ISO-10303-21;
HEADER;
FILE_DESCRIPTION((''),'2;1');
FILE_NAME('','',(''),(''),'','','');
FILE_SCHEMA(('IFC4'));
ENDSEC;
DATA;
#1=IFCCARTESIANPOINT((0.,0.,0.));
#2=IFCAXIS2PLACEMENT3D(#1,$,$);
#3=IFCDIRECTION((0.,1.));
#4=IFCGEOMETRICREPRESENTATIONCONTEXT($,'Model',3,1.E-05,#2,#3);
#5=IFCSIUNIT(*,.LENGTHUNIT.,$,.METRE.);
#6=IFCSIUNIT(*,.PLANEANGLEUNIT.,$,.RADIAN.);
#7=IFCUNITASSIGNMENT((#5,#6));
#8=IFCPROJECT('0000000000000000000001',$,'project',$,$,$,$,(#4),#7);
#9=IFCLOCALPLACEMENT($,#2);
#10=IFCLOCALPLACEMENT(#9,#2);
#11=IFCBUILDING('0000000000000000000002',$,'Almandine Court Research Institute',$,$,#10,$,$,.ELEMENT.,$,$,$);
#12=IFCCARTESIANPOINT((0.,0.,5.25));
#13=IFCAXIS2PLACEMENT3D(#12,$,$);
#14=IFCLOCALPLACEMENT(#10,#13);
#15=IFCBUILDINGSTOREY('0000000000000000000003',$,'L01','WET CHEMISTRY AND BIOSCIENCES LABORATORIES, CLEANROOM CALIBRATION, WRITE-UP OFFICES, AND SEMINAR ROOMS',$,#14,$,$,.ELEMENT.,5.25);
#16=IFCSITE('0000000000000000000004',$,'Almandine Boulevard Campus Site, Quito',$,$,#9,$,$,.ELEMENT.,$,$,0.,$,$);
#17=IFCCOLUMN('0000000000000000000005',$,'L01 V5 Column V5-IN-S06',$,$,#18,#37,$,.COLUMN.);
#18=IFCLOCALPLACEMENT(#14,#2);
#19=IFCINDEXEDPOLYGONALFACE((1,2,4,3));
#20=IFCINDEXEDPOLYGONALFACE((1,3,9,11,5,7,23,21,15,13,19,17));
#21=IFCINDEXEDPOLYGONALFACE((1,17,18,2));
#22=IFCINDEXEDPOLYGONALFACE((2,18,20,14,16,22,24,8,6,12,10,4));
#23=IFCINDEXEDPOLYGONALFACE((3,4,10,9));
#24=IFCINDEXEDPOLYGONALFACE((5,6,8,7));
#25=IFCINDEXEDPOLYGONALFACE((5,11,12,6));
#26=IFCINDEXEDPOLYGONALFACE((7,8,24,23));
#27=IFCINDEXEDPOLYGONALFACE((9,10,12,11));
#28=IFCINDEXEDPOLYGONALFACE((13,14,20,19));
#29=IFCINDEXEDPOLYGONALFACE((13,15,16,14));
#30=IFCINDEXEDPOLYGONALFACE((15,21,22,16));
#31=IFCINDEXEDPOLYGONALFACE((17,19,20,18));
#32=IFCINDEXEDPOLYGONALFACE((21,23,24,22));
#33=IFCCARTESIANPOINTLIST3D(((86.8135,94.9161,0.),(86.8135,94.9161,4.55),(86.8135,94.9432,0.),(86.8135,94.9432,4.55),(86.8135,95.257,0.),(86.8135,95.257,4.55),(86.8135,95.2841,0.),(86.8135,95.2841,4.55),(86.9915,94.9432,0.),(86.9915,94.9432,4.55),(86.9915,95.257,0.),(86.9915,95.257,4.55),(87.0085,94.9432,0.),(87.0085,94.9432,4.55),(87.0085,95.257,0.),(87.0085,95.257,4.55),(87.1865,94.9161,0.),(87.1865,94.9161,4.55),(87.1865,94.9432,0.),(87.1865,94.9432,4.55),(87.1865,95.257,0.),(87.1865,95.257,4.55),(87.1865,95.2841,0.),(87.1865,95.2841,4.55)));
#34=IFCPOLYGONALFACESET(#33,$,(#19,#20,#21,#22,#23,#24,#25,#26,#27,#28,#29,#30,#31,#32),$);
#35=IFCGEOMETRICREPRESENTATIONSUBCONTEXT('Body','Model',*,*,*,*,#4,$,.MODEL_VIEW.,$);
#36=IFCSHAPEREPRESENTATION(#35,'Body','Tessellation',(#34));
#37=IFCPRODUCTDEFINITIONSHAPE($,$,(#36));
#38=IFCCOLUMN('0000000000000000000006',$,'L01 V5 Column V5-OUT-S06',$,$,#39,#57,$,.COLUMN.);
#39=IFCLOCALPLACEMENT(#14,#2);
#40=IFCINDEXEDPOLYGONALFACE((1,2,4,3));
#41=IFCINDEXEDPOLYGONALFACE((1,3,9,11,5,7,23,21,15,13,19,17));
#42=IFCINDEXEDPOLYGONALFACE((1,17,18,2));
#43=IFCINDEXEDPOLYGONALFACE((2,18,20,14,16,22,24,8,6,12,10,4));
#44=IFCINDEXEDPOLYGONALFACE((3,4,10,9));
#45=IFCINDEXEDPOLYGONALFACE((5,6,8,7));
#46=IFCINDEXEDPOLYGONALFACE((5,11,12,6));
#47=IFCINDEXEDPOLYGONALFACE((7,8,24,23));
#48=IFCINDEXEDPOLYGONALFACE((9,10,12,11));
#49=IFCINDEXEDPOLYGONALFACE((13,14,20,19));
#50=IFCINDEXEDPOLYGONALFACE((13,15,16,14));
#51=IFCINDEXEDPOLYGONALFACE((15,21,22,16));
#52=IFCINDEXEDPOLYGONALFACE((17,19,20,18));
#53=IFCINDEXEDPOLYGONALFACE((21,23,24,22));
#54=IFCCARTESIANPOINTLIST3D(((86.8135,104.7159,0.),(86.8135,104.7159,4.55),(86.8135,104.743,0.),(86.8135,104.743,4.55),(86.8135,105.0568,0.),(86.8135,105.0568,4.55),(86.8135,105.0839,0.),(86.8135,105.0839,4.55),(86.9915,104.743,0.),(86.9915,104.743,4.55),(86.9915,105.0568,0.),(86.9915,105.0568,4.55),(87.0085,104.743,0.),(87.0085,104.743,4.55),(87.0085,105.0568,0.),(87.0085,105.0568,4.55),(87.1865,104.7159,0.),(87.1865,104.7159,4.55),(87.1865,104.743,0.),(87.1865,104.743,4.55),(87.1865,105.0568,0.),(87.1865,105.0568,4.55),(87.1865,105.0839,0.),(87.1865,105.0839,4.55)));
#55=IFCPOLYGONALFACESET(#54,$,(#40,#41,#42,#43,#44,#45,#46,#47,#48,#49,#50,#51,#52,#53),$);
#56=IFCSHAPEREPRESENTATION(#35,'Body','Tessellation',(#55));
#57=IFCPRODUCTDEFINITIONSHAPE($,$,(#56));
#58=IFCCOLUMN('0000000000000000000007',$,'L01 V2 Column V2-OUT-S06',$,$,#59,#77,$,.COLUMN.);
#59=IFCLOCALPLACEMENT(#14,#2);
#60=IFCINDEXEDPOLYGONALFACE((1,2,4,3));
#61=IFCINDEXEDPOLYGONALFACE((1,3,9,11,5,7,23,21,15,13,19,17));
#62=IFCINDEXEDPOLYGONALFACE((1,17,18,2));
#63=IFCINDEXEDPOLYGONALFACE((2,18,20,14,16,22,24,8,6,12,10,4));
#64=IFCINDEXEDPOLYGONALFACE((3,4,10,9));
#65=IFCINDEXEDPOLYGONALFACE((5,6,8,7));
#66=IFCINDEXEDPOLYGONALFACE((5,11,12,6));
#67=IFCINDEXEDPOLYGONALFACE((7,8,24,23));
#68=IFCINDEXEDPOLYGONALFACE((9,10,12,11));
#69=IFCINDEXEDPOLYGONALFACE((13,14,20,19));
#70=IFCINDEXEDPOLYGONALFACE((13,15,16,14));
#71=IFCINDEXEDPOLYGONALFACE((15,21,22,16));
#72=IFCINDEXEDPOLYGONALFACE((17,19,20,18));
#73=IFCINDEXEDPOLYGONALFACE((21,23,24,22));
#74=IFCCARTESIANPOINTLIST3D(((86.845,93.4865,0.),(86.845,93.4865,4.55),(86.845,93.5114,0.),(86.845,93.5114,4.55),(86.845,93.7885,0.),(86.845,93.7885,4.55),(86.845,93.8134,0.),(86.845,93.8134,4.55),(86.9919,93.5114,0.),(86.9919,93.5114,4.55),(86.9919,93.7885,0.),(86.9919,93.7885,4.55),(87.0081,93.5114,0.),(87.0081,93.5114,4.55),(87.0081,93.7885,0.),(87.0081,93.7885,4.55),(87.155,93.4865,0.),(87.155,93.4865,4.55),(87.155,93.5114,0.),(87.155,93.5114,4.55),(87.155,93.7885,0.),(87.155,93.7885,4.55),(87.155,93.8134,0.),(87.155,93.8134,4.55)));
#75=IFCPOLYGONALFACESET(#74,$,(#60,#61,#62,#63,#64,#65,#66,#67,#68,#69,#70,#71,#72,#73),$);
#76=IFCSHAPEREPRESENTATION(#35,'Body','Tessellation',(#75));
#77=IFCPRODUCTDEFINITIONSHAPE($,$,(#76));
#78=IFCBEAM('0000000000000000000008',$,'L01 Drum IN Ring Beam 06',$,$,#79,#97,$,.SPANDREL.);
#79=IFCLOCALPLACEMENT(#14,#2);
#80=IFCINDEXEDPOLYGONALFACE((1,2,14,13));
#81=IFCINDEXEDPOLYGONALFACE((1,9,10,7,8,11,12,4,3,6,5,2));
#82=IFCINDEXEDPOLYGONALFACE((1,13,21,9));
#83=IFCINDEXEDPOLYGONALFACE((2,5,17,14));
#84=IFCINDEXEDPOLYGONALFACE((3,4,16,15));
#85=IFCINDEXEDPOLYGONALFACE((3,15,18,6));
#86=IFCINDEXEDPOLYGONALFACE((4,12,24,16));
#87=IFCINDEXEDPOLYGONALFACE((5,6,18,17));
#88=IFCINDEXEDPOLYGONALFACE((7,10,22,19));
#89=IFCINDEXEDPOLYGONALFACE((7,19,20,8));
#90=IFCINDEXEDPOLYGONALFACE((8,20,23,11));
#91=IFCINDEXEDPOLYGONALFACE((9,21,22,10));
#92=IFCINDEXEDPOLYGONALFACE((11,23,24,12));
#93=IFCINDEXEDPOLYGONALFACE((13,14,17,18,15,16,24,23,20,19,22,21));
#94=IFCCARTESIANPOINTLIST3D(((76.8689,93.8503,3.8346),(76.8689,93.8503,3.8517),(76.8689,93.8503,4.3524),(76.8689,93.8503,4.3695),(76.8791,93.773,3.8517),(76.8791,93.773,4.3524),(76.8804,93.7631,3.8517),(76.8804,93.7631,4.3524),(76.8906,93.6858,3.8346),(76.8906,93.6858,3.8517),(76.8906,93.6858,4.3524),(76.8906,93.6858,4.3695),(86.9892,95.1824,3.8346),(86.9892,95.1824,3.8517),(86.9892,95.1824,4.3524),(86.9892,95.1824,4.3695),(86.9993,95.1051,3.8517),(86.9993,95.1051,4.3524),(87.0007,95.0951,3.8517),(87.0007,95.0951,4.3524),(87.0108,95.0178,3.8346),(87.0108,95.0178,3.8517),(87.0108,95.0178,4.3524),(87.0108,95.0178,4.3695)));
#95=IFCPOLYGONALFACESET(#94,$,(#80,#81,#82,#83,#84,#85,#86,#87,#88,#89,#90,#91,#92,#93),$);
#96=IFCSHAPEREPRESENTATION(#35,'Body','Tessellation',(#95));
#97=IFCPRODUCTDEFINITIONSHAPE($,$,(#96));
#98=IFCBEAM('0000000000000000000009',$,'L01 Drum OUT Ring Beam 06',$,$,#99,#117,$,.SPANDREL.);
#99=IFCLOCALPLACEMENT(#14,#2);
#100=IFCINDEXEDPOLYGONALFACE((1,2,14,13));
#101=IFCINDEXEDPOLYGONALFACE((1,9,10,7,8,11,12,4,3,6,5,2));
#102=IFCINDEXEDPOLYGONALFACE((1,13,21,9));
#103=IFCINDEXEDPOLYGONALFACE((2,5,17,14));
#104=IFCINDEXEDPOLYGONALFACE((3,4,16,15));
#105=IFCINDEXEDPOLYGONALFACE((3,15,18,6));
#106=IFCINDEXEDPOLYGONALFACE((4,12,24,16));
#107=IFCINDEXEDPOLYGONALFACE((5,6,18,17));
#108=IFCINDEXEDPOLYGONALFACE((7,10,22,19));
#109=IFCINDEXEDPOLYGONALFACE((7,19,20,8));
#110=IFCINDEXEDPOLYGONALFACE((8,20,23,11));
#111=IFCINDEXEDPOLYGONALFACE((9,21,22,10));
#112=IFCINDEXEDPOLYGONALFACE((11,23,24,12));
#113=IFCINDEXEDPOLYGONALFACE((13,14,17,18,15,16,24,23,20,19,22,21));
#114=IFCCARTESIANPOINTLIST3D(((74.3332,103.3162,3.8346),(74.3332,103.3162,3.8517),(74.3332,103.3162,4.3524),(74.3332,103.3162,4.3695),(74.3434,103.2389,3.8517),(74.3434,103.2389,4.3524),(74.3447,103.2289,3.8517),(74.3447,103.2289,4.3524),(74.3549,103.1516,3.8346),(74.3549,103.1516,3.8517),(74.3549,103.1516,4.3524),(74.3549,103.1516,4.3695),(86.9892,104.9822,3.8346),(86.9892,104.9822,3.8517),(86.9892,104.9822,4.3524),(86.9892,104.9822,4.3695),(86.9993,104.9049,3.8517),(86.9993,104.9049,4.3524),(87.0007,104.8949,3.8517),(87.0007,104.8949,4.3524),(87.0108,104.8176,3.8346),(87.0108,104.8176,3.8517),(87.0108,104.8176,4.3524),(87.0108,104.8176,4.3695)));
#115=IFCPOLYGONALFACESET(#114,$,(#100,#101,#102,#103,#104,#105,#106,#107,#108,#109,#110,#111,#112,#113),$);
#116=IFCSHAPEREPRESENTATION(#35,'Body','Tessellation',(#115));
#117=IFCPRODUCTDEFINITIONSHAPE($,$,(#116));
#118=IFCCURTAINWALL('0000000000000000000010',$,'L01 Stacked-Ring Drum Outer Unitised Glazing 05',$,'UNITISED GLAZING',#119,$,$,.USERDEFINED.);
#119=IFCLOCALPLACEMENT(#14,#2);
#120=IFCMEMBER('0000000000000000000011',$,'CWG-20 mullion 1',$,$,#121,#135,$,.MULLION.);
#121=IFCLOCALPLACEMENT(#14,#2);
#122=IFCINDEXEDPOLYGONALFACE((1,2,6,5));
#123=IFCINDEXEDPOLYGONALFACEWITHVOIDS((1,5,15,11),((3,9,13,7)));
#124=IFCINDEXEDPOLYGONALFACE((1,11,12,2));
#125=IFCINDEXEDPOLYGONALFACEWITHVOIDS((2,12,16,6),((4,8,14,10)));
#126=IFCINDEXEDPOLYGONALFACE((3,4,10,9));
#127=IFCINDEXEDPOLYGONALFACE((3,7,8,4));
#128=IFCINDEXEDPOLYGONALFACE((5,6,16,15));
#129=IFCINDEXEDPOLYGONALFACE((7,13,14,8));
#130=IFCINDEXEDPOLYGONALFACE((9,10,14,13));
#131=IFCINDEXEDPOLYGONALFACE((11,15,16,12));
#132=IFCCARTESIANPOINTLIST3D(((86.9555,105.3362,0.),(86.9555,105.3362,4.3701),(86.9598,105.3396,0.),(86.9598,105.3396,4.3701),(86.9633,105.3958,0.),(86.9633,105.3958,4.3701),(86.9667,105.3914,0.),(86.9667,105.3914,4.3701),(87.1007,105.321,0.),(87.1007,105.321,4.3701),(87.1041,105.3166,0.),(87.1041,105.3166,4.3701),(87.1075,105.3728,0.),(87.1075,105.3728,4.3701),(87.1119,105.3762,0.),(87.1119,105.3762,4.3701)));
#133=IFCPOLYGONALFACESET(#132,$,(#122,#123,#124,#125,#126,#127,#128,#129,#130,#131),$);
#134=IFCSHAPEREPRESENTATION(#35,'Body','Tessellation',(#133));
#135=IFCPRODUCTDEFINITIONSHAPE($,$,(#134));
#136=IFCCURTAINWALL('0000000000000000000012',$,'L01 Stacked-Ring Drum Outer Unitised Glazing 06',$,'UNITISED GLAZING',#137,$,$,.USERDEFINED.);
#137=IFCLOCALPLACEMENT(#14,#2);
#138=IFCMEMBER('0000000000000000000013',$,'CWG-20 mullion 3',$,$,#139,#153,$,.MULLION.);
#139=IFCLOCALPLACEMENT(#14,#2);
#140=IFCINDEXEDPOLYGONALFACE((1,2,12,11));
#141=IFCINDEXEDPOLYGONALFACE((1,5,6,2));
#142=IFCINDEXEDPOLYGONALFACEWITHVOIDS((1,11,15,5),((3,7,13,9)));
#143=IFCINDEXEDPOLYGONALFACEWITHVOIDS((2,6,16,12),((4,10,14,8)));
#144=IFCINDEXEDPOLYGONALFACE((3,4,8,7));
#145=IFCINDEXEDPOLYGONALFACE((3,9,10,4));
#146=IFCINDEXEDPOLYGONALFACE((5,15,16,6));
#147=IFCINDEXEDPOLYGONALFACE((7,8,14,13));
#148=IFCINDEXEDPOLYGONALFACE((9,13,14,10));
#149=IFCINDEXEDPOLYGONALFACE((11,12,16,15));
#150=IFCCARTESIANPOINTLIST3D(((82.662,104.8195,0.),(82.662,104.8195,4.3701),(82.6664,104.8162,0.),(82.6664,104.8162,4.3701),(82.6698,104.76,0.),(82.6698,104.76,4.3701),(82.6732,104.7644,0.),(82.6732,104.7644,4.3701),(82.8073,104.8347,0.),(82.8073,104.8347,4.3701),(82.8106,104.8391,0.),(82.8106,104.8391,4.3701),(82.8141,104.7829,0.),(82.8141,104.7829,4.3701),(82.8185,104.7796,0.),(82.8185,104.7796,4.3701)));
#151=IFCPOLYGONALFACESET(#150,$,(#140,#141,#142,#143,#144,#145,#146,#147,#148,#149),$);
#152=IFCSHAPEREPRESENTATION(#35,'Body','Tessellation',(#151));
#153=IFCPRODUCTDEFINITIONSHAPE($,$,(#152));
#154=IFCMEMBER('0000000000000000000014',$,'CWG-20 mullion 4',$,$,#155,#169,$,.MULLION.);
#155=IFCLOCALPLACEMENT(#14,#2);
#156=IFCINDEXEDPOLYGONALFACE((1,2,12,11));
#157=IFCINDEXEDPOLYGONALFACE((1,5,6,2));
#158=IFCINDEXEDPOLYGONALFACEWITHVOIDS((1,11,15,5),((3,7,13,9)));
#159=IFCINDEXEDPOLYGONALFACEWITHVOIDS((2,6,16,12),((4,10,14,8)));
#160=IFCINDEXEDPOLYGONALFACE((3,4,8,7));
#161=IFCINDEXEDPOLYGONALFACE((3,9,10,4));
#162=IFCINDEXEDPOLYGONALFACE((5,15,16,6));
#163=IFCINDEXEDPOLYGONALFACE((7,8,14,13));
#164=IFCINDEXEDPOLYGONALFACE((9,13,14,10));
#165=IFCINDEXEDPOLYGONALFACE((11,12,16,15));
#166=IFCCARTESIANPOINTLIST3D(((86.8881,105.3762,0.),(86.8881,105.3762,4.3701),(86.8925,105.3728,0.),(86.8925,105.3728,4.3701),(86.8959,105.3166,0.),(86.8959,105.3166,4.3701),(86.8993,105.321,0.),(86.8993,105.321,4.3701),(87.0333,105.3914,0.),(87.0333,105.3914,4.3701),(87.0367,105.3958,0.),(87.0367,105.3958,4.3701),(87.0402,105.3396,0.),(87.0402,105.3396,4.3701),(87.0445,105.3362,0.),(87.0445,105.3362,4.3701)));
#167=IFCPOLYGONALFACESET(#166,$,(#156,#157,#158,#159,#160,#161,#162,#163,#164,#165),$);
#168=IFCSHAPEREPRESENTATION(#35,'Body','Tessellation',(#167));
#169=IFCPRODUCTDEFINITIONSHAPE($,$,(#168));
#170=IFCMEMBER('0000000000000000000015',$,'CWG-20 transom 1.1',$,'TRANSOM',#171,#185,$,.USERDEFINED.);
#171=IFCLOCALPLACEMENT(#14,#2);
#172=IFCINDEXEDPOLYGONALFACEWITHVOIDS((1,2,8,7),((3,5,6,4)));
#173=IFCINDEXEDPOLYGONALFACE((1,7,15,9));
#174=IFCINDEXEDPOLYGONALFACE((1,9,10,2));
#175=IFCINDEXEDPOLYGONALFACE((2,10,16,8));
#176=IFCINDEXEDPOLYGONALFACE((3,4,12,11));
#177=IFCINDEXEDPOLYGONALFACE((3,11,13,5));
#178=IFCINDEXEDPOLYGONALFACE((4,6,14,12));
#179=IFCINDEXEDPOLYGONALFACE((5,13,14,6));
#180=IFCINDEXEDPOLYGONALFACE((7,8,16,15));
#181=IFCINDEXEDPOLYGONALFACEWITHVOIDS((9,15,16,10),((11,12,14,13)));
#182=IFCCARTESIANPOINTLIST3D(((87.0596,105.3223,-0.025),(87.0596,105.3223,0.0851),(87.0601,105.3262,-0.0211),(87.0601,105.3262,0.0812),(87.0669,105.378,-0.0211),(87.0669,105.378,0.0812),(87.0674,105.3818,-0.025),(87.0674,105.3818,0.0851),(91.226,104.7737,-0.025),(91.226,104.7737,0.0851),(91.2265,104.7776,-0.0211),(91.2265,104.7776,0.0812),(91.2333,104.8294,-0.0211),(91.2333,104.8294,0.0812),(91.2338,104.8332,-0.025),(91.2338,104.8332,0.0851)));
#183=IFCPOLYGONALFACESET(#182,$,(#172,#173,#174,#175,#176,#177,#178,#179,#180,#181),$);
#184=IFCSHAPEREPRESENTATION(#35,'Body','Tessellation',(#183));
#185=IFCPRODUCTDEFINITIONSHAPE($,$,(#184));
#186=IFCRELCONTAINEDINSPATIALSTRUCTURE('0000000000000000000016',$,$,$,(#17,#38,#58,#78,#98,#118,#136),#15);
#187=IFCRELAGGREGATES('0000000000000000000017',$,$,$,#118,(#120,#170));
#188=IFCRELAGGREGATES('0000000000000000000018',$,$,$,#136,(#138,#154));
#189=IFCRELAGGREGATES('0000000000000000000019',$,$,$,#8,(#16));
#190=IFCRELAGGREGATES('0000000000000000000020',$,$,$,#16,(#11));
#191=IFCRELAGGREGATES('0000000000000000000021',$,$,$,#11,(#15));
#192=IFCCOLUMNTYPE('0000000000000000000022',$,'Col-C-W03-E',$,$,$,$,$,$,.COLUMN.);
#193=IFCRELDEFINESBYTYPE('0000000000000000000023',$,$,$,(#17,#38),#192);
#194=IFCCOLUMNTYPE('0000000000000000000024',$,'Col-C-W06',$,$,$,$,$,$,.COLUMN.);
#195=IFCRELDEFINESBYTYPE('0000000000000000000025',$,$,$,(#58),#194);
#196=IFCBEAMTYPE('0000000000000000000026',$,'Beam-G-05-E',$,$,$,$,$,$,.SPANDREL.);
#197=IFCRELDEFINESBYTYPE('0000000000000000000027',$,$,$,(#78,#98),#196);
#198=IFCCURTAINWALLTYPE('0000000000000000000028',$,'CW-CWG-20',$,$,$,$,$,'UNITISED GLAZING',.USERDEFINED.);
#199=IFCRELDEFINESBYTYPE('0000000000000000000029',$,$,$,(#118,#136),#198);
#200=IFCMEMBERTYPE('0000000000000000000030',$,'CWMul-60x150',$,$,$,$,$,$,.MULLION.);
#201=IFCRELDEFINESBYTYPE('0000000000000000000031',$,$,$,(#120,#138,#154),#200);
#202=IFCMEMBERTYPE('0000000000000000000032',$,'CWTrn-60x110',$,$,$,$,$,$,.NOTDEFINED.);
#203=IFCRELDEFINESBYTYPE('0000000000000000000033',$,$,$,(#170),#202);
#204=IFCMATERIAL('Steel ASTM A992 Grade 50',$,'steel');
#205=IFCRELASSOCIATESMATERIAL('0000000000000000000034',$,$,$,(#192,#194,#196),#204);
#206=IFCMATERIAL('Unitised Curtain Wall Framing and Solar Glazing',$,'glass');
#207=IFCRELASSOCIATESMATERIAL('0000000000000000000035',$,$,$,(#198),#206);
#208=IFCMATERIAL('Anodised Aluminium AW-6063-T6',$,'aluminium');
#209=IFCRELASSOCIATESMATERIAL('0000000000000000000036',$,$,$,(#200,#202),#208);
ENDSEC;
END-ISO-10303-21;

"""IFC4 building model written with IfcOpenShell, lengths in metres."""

from ifc_helpers import new_model, si_unit, direction, frame, origin, origin_2d, place, context, subcontext, project, spatial, hollow_rectangle, i_section, extrude, material, material_profile, profile_set, type_object, element, aggregate, save


model = new_model("IFC4")

# Units and contexts
model_context = context("Model", 3, precision=1e-05, world=origin(), true_north=direction((0.0, 1.0)))
body_context = subcontext(model_context, "Body", "Model", "MODEL_VIEW")
ifc_project = project(units=[si_unit("LENGTHUNIT", "METRE"), si_unit("PLANEANGLEUNIT", "RADIAN")], contexts=[model_context])

# Site, building, storey
site_placement = place(None, origin())
site = spatial("IfcSite", under=ifc_project, at=site_placement, Name="Almandine Boulevard Campus Site, Quito", CompositionType="ELEMENT", RefElevation=0.0)
building_placement = place(site_placement, origin())
building = spatial("IfcBuilding", under=site, at=building_placement, Name="Almandine Court Research Institute", CompositionType="ELEMENT")
storey_placement = place(building_placement, frame((0.0, 0.0, 5.25)))
storey = spatial("IfcBuildingStorey", under=building, at=storey_placement, Name="L01", Description="WET CHEMISTRY AND BIOSCIENCES LABORATORIES, CLEANROOM CALIBRATION, WRITE-UP OFFICES, AND SEMINAR ROOMS", CompositionType="ELEMENT", Elevation=5.25)

# Columns
ifc_material_1 = material(Name="Steel ASTM A992 Grade 50", Category="steel")
ifc_material_profile_1 = material_profile(ifc_material_1, i_section(OverallWidth=0.373, OverallDepth=0.3679, WebThickness=0.0171, FlangeThickness=0.0271, at=origin_2d()), Name="W360x179")
ifc_profile_set_1 = profile_set([ifc_material_profile_1], Name="Steel ASTM A992 Grade 50")
column_type_1 = type_object("IfcColumnType", Name="Col-C-W03-E", PredefinedType="COLUMN", material=ifc_profile_set_1)
for number, where, z_axis, x_axis, name in (
    (1, (87.0, 95.1001, 0.0), (0.0, 0.0, 1.0), (1.0, 0.0, 0.0), "L01 V5 Column V5-IN-S06"),
    (2, (87.0, 104.8999, 0.0), (0.0, 0.0, 1.0), (1.0, 0.0, 0.0), "L01 V5 Column V5-OUT-S06"),
):
    element("IfcColumn", number, at=place(storey_placement, frame(where, z_axis=z_axis, x_axis=x_axis)), inside=storey, type_object=column_type_1, Name=name, PredefinedType="COLUMN", context=body_context, shape_type="SweptSolid", body=[
        extrude(i_section(OverallWidth=0.373, OverallDepth=0.3679, WebThickness=0.0171, FlangeThickness=0.0271, at=origin_2d()), origin(), (0.0, 0.0, 1.0), 4.55),
    ])
ifc_material_profile_2 = material_profile(ifc_material_1, i_section(OverallWidth=0.3101, OverallDepth=0.3269, WebThickness=0.0161, FlangeThickness=0.0249, at=origin_2d()), Name="W310x158")
ifc_profile_set_2 = profile_set([ifc_material_profile_2], Name="Steel ASTM A992 Grade 50")
column_type_2 = type_object("IfcColumnType", Name="Col-C-W06", PredefinedType="COLUMN", material=ifc_profile_set_2)
column_placement = place(storey_placement, frame((87.0, 93.6499, 0.0), z_axis=(0.0, 0.0, 1.0), x_axis=(1.0, 0.0, 0.0)))
element("IfcColumn", 3, at=column_placement, inside=storey, type_object=column_type_2, Name="L01 V2 Column V2-OUT-S06", PredefinedType="COLUMN", context=body_context, shape_type="SweptSolid", body=[
    extrude(i_section(OverallWidth=0.3101, OverallDepth=0.3269, WebThickness=0.0161, FlangeThickness=0.0249, at=origin_2d()), origin(), (0.0, 0.0, 1.0), 4.55),
])

# Beams
ifc_material_profile_3 = material_profile(ifc_material_1, i_section(OverallWidth=0.166, OverallDepth=0.5349, WebThickness=0.01, FlangeThickness=0.0171, at=origin_2d()), Name="W530x85")
ifc_profile_set_3 = profile_set([ifc_material_profile_3], Name="Steel ASTM A992 Grade 50")
beam_type = type_object("IfcBeamType", Name="Beam-G-05-E", PredefinedType="SPANDREL", material=ifc_profile_set_3)
beam_1_placement = place(storey_placement, frame((87.0, 95.1001, 4.1021), z_axis=(-0.991449, -0.130497, 0.0), x_axis=(0.130497, -0.991449, 0.0)))
element("IfcBeam", 4, at=beam_1_placement, inside=storey, type_object=beam_type, Name="L01 Drum IN Ring Beam 06", PredefinedType="SPANDREL", context=body_context, shape_type="SweptSolid", body=[
    extrude(i_section(OverallWidth=0.166, OverallDepth=0.5349, WebThickness=0.01, FlangeThickness=0.0171, at=origin_2d()), origin(), (0.0, 0.0, 1.0), 10.2075),
])
beam_2_placement = place(storey_placement, frame((87.0, 104.8999, 4.1021), z_axis=(-0.991447, -0.130512, 0.0), x_axis=(0.130512, -0.991447, 0.0)))
element("IfcBeam", 5, at=beam_2_placement, inside=storey, type_object=beam_type, Name="L01 Drum OUT Ring Beam 06", PredefinedType="SPANDREL", context=body_context, shape_type="SweptSolid", body=[
    extrude(i_section(OverallWidth=0.166, OverallDepth=0.5349, WebThickness=0.01, FlangeThickness=0.0171, at=origin_2d()), origin(), (0.0, 0.0, 1.0), 12.7651),
])

# Curtain wall, member
ifc_material_2 = material(Name="Unitised Curtain Wall Framing and Solar Glazing", Category="glass")
curtain_wall_type = type_object("IfcCurtainWallType", Name="CW-CWG-20", ElementType="UNITISED GLAZING", PredefinedType="USERDEFINED", material=ifc_material_2)
curtain_wall_1_placement = place(storey_placement, origin())
curtain_wall_1 = element("IfcCurtainWall", 6, at=curtain_wall_1_placement, inside=storey, type_object=curtain_wall_type, Name="L01 Stacked-Ring Drum Outer Unitised Glazing 05", ObjectType="UNITISED GLAZING", PredefinedType="USERDEFINED")
ifc_material_3 = material(Name="Anodised Aluminium AW-6063-T6", Category="aluminium")
ifc_material_profile_4 = material_profile(ifc_material_3, hollow_rectangle(XDim=0.0601, YDim=0.1499, WallThickness=0.0039, at=origin_2d()), Name="ALU RHS 60x150x4")
ifc_profile_set_4 = profile_set([ifc_material_profile_4], Name="Anodised Aluminium AW-6063-T6")
member_type_1 = type_object("IfcMemberType", Name="CWMul-60x150", PredefinedType="MULLION", material=ifc_profile_set_4)
member_1_placement = place(storey_placement, frame((87.0337, 105.3562, 0.0), z_axis=(0.0, 0.0, 1.0), x_axis=(0.130541, 0.991443, 0.0)))
member_1 = element("IfcMember", 7, at=member_1_placement, type_object=member_type_1, Name="CWG-20 mullion 1", PredefinedType="MULLION", context=body_context, shape_type="SweptSolid", body=[
    extrude(hollow_rectangle(XDim=0.0601, YDim=0.1499, WallThickness=0.0039, at=origin_2d()), origin(), (0.0, 0.0, 1.0), 4.3701),
])

# Curtain wall, members
curtain_wall_2_placement = place(storey_placement, origin())
curtain_wall_2 = element("IfcCurtainWall", 8, at=curtain_wall_2_placement, inside=storey, type_object=curtain_wall_type, Name="L01 Stacked-Ring Drum Outer Unitised Glazing 06", ObjectType="UNITISED GLAZING", PredefinedType="USERDEFINED")
member_2_placement = place(storey_placement, frame((82.7402, 104.7996, 0.0), z_axis=(0.0, 0.0, 1.0), x_axis=(-0.130541, 0.991443, 0.0)))
member_2 = element("IfcMember", 9, at=member_2_placement, type_object=member_type_1, Name="CWG-20 mullion 3", PredefinedType="MULLION", context=body_context, shape_type="SweptSolid", body=[
    extrude(hollow_rectangle(XDim=0.0601, YDim=0.1499, WallThickness=0.0039, at=origin_2d()), origin(), (0.0, 0.0, 1.0), 4.3701),
])
member_3_placement = place(storey_placement, frame((86.9663, 105.3562, 0.0), z_axis=(0.0, 0.0, 1.0), x_axis=(-0.130541, 0.991443, 0.0)))
member_3 = element("IfcMember", 10, at=member_3_placement, type_object=member_type_1, Name="CWG-20 mullion 4", PredefinedType="MULLION", context=body_context, shape_type="SweptSolid", body=[
    extrude(hollow_rectangle(XDim=0.0601, YDim=0.1499, WallThickness=0.0039, at=origin_2d()), origin(), (0.0, 0.0, 1.0), 4.3701),
])

# Member
ifc_material_profile_5 = material_profile(ifc_material_3, hollow_rectangle(XDim=0.0601, YDim=0.1101, WallThickness=0.0039, at=origin_2d()), Name="ALU RHS 60x110x4")
ifc_profile_set_5 = profile_set([ifc_material_profile_5], Name="Anodised Aluminium AW-6063-T6")
member_type_2 = type_object("IfcMemberType", Name="CWTrn-60x110", PredefinedType="NOTDEFINED", material=ifc_profile_set_5)
member_4_placement = place(storey_placement, frame((87.0635, 105.3521, 0.03), z_axis=(0.991443, -0.130539, 0.0), x_axis=(0.130539, 0.991443, 0.0)))
member_4 = element("IfcMember", 11, at=member_4_placement, type_object=member_type_2, Name="CWG-20 transom 1.1", ObjectType="TRANSOM", PredefinedType="USERDEFINED", context=body_context, shape_type="SweptSolid", body=[
    extrude(hollow_rectangle(XDim=0.0601, YDim=0.1101, WallThickness=0.0039, at=origin_2d()), origin(), (0.0, 0.0, 1.0), 4.2024),
])
aggregate(curtain_wall_1, [member_1, member_4])

aggregate(curtain_wall_2, [member_2, member_3])

save(model, "model.ifc")
